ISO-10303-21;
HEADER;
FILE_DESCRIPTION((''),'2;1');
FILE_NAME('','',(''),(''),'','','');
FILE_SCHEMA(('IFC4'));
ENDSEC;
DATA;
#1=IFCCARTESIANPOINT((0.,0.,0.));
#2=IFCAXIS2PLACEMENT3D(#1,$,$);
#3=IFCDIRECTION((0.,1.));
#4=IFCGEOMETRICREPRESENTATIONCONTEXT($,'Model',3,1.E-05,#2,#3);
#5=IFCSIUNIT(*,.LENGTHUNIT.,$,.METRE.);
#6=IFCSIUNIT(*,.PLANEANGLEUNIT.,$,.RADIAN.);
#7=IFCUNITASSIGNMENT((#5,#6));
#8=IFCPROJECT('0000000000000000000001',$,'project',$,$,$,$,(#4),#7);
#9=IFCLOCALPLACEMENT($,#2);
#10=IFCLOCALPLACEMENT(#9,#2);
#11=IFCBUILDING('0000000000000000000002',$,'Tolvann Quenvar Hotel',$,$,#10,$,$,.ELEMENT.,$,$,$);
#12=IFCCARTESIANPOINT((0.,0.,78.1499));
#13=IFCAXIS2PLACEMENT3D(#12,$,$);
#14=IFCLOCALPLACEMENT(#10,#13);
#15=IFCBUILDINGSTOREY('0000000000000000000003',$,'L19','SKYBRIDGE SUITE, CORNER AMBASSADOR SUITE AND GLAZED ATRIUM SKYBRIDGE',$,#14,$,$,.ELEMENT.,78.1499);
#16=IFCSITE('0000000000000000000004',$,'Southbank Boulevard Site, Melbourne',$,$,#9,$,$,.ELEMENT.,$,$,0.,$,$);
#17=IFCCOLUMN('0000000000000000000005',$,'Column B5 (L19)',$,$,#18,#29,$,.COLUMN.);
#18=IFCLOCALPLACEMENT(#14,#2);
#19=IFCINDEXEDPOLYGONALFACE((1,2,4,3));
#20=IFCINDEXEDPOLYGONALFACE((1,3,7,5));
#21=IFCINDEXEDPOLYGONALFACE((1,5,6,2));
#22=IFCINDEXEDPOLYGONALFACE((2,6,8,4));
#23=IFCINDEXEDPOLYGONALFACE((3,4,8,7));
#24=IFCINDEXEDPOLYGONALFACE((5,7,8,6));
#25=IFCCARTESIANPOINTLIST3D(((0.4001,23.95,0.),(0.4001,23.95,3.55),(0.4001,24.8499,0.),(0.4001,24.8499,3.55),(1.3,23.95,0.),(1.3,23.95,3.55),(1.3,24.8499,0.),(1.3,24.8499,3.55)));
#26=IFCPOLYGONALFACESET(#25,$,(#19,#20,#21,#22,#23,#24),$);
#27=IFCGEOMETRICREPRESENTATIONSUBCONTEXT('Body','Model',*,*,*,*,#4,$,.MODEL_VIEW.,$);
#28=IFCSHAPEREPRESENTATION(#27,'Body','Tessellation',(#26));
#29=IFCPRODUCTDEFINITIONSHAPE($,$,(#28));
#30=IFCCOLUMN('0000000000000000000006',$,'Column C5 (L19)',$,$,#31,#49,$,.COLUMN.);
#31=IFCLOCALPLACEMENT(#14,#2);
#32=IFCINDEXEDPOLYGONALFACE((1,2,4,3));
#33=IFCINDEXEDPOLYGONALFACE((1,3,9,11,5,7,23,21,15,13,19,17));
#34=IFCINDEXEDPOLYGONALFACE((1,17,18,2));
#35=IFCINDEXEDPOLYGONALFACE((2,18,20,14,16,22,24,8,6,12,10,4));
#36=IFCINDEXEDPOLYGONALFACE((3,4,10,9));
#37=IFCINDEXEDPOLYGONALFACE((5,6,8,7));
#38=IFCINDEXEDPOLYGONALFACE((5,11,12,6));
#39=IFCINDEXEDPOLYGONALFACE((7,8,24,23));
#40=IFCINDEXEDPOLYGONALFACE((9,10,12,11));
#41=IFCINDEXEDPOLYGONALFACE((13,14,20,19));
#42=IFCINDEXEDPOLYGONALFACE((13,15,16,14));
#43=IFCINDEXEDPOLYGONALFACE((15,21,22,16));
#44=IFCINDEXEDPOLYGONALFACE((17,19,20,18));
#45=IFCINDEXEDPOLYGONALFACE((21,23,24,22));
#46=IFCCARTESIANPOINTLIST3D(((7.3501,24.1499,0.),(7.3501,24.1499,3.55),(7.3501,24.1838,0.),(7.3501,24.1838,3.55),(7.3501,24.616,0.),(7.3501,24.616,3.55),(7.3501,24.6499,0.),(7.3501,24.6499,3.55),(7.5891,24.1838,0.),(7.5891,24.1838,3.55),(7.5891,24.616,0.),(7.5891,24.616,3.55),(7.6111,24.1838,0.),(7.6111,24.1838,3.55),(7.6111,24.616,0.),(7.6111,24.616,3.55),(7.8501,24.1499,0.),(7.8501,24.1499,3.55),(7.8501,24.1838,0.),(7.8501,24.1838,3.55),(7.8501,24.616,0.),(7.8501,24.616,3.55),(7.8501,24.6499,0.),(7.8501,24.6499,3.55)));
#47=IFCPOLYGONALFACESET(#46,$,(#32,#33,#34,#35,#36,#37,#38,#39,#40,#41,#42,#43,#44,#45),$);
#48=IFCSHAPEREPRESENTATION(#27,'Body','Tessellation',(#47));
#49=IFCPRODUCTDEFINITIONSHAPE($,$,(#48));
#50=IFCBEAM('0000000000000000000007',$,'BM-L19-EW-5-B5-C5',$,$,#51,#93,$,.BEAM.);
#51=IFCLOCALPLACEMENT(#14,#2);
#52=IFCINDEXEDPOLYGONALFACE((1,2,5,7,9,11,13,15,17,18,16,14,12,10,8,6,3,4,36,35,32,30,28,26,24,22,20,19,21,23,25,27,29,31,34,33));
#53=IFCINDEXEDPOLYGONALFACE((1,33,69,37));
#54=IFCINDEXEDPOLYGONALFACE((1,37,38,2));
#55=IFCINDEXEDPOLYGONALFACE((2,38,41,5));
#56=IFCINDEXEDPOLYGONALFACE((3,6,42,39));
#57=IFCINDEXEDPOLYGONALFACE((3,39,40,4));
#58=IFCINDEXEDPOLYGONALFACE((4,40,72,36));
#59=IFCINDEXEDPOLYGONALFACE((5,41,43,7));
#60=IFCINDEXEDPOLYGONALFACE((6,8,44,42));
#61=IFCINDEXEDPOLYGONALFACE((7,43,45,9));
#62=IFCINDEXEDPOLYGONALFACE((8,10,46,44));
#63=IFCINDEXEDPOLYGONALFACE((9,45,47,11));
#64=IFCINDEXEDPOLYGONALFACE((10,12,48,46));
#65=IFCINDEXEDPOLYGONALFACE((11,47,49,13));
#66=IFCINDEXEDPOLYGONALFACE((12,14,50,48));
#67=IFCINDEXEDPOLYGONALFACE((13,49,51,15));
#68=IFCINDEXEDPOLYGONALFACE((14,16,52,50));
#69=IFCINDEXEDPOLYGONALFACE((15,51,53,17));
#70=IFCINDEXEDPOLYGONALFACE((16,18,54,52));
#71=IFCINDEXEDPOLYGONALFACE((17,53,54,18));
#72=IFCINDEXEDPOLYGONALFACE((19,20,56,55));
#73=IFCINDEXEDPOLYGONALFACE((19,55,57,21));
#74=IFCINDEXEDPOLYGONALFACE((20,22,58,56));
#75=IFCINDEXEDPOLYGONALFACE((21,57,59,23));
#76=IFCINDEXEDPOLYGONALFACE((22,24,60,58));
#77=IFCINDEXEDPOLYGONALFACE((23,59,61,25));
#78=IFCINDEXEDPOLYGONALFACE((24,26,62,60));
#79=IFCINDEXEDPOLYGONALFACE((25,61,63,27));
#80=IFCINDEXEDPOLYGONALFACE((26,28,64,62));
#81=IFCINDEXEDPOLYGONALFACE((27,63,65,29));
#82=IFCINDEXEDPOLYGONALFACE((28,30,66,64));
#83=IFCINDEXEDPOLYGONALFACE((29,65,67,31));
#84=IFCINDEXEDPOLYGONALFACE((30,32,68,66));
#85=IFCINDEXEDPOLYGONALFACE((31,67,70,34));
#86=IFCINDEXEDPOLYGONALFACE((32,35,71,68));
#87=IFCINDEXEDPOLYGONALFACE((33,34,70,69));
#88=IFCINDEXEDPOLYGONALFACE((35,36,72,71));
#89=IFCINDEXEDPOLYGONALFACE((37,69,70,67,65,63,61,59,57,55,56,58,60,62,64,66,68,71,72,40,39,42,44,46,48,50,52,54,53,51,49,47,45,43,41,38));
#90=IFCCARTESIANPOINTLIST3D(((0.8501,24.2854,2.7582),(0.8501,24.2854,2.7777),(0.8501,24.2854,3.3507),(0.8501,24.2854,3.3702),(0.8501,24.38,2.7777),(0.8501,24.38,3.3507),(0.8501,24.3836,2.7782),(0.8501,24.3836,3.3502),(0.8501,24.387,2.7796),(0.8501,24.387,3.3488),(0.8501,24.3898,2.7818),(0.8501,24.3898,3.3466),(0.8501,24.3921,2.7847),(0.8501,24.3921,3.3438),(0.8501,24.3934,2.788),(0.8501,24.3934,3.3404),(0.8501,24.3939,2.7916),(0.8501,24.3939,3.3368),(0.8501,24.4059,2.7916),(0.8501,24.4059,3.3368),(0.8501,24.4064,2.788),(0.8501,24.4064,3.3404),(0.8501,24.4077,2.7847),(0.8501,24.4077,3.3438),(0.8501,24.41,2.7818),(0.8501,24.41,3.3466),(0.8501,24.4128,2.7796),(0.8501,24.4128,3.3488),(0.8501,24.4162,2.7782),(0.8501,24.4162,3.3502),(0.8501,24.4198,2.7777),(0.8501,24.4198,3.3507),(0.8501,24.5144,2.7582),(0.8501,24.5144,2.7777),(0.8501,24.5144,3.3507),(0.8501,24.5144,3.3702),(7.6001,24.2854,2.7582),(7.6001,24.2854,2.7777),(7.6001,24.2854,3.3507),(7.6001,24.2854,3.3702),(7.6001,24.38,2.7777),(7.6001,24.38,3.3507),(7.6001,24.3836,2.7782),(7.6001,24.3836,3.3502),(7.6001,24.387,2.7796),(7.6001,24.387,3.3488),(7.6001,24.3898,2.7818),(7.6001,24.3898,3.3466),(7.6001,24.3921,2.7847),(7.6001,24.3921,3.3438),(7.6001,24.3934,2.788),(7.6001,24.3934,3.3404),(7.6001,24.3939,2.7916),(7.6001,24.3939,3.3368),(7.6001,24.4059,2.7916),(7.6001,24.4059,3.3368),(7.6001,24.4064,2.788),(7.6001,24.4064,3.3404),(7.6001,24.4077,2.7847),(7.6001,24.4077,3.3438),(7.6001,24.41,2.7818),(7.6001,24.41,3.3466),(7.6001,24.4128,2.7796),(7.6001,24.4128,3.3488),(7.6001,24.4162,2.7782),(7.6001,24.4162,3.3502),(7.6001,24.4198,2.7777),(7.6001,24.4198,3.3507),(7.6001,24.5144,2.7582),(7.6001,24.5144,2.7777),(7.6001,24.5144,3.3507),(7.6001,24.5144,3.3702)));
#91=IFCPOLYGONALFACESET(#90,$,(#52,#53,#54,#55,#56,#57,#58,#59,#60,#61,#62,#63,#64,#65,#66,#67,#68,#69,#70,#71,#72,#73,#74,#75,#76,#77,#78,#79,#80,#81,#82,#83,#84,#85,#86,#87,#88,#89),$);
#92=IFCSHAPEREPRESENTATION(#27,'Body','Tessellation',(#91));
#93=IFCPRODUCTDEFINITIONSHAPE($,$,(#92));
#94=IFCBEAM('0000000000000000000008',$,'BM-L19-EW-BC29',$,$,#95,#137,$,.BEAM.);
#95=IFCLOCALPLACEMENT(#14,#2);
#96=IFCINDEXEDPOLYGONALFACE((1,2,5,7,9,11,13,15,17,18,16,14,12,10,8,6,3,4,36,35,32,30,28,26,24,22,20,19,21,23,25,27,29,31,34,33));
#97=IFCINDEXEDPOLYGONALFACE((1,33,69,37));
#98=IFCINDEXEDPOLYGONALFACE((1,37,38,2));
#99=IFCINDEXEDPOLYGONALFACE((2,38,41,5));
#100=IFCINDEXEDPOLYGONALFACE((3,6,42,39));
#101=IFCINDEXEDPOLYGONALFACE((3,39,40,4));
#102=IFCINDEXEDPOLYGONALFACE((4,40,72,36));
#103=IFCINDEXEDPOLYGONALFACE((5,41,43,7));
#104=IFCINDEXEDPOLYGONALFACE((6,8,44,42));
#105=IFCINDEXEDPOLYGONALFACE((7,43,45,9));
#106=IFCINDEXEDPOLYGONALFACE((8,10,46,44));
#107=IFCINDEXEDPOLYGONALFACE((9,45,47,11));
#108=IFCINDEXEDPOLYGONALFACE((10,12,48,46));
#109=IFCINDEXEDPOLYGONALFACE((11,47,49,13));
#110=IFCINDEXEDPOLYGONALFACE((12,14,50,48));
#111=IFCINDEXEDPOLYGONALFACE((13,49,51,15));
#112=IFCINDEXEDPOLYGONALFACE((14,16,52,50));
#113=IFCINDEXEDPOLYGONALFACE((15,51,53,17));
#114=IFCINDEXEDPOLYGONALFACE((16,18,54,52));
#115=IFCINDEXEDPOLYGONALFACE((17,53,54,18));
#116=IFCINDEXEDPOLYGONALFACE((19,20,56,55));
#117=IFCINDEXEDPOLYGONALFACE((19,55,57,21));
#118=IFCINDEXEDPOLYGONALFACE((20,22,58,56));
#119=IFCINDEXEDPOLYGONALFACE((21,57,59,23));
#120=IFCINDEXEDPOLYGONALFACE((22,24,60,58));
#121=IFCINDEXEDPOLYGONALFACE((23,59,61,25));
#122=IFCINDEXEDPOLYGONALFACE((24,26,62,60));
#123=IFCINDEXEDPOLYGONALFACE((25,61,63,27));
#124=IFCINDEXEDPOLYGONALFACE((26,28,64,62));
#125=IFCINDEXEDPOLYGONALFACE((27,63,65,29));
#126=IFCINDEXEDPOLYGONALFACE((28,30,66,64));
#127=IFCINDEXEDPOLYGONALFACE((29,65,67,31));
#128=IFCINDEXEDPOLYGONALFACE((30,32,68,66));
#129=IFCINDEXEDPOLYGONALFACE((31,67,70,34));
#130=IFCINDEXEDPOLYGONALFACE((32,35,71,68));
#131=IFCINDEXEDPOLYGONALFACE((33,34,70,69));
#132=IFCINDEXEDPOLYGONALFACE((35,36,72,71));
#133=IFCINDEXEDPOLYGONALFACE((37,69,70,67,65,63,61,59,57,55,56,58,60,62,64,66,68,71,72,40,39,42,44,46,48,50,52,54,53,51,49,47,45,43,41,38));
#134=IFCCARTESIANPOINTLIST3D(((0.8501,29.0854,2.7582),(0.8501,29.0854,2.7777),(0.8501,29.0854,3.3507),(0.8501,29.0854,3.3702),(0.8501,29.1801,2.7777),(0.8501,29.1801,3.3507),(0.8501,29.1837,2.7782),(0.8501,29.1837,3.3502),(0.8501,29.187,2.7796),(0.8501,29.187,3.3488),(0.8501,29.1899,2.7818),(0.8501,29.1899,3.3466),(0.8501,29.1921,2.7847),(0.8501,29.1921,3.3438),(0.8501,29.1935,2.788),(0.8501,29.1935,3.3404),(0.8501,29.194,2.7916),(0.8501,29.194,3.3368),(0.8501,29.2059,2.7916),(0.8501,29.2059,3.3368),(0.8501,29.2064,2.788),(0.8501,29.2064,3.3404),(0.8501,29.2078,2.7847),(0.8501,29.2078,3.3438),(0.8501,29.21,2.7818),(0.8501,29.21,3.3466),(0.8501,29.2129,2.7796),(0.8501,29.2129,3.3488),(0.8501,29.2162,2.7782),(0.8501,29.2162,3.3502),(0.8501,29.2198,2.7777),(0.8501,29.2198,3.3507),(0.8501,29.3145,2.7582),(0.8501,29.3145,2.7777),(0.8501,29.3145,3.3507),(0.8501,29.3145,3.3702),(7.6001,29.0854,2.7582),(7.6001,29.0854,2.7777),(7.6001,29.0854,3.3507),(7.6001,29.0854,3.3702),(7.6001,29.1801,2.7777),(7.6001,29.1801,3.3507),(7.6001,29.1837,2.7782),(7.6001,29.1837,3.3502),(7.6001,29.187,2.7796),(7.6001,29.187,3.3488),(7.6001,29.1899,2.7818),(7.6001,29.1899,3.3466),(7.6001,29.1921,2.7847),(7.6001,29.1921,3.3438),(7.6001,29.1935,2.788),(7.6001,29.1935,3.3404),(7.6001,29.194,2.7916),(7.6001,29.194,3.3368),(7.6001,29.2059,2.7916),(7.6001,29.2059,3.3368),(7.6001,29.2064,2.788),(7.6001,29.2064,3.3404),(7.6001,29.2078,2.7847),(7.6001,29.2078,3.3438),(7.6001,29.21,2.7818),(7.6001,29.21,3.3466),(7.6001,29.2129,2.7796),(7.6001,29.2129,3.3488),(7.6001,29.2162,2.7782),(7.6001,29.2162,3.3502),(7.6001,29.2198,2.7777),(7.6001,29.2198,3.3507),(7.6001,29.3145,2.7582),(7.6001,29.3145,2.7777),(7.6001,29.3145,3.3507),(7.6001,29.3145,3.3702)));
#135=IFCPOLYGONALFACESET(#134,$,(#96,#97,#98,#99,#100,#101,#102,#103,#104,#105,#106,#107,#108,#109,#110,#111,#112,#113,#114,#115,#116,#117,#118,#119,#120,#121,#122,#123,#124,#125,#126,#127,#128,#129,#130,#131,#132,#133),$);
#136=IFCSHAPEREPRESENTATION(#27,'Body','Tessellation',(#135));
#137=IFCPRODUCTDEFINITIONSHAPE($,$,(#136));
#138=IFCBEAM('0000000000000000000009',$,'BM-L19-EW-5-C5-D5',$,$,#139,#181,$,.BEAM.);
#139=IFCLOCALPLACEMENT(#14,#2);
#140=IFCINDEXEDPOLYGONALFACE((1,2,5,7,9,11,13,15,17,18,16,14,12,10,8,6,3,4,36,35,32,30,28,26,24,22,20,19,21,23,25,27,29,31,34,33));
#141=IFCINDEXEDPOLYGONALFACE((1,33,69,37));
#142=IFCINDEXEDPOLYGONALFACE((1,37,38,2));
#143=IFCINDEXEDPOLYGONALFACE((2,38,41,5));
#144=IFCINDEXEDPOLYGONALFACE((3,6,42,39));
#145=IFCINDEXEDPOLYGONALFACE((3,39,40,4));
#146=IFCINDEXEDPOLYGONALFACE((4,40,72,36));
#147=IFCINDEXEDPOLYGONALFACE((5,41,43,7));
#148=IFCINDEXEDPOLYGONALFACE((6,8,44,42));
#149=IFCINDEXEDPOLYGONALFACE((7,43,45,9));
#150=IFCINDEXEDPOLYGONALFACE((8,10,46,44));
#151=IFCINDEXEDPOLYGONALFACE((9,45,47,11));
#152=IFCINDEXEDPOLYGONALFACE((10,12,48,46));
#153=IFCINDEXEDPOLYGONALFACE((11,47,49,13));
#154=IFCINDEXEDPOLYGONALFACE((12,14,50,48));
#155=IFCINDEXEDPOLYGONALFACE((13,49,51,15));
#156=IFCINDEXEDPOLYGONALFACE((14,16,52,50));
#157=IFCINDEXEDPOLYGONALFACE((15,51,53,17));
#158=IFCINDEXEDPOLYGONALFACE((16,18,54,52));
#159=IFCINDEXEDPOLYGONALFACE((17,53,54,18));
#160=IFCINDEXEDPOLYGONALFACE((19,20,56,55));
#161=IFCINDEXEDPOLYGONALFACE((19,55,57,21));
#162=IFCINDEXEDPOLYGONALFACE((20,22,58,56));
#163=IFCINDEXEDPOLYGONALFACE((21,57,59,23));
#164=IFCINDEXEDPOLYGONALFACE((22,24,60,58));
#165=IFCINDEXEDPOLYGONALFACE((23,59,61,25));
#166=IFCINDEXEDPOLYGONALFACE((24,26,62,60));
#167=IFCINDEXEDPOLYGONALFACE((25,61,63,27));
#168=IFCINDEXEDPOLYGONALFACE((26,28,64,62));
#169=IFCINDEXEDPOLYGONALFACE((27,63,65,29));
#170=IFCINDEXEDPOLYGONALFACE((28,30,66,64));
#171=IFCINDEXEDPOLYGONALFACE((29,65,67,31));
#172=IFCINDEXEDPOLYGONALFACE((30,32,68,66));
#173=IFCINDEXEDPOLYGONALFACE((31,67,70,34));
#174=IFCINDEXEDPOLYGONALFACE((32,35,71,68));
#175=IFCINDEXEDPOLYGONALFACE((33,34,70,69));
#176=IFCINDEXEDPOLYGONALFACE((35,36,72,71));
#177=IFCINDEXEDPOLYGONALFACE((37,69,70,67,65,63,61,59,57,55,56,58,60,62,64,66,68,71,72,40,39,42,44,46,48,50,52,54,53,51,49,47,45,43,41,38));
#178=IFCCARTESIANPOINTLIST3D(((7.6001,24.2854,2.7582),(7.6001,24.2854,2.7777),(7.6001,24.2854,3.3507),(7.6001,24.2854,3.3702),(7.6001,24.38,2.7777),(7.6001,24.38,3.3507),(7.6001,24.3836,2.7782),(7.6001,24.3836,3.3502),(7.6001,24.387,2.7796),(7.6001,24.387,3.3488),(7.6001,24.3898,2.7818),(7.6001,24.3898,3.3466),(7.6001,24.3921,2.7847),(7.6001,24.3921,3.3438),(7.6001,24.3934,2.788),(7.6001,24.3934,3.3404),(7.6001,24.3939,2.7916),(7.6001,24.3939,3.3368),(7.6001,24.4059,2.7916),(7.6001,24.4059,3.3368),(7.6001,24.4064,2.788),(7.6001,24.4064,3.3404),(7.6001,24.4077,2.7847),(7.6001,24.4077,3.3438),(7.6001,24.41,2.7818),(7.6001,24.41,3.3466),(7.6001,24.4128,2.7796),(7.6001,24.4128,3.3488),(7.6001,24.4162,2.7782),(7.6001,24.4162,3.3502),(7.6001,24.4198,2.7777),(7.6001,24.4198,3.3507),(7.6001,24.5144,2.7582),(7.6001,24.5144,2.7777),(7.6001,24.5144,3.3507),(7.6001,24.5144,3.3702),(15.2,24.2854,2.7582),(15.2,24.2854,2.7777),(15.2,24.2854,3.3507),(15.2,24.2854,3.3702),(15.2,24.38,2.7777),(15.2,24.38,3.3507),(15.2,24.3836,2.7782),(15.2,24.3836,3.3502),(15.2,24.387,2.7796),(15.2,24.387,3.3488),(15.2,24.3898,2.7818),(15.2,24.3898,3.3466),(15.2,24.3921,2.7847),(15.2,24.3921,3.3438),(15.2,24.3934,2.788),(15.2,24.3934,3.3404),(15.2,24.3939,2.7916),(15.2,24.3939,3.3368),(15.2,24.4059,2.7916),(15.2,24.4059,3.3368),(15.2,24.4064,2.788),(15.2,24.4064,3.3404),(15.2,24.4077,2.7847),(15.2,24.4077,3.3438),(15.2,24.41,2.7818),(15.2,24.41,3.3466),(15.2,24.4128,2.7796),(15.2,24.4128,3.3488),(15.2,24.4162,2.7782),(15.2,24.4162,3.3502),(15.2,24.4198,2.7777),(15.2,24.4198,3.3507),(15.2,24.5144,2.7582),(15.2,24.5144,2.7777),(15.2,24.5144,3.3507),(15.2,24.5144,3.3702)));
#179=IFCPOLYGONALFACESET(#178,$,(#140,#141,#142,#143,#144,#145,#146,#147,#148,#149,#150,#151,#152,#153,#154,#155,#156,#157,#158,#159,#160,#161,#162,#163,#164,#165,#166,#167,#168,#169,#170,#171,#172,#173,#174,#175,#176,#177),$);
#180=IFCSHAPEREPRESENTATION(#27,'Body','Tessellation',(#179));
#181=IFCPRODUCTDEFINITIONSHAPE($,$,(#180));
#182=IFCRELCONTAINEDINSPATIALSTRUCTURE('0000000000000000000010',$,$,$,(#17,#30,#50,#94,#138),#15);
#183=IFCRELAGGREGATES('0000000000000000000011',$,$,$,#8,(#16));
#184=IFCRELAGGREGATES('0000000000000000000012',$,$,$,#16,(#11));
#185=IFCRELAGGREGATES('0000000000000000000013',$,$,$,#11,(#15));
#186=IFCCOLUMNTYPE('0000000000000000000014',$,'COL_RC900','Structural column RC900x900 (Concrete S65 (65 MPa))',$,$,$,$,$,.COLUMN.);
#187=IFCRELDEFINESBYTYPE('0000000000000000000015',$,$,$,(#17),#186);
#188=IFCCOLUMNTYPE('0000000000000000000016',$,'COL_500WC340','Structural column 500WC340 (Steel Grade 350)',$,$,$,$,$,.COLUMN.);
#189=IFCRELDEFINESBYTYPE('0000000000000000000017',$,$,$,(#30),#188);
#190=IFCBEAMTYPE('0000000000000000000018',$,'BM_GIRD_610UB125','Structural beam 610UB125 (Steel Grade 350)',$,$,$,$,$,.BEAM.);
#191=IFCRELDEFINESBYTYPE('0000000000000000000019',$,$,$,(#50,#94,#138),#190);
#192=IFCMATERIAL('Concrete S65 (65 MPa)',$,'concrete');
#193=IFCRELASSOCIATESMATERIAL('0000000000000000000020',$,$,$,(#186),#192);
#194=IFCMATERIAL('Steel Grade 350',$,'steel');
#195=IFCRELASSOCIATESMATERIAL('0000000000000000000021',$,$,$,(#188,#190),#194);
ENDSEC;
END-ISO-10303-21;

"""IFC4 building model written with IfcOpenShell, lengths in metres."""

from ifc_helpers import new_model, si_unit, direction, frame, origin, origin_2d, place, context, subcontext, project, spatial, rectangle, i_section, extrude, source, transform, mapped, material, material_profile, profile_set, type_object, type_shapes, element, save


model = new_model("IFC4")

# Units and contexts
model_context = context("Model", 3, precision=1e-05, world=origin(), true_north=direction((0.0, 1.0)))
body_context = subcontext(model_context, "Body", "Model", "MODEL_VIEW")
ifc_project = project(units=[si_unit("LENGTHUNIT", "METRE"), si_unit("PLANEANGLEUNIT", "RADIAN")], contexts=[model_context])

# Site, building, storey
site_placement = place(None, origin())
site = spatial("IfcSite", under=ifc_project, at=site_placement, Name="Southbank Boulevard Site, Melbourne", CompositionType="ELEMENT", RefElevation=0.0)
building_placement = place(site_placement, origin())
building = spatial("IfcBuilding", under=site, at=building_placement, Name="Tolvann Quenvar Hotel", CompositionType="ELEMENT")
storey_placement = place(building_placement, frame((0.0, 0.0, 78.1499)))
storey = spatial("IfcBuildingStorey", under=building, at=storey_placement, Name="L19", Description="SKYBRIDGE SUITE, CORNER AMBASSADOR SUITE AND GLAZED ATRIUM SKYBRIDGE", CompositionType="ELEMENT", Elevation=78.1499)

# Columns
ifc_material_1 = material(Name="Concrete S65 (65 MPa)", Category="concrete")
ifc_material_profile_1 = material_profile(ifc_material_1, rectangle(XDim=0.8999, YDim=0.8999, at=origin_2d()), Name="RC900x900")
ifc_profile_set_1 = profile_set([ifc_material_profile_1], Name="Concrete S65 (65 MPa)")
column_type_1 = type_object("IfcColumnType", Name="COL_RC900", Description="Structural column RC900x900 (Concrete S65 (65 MPa))", PredefinedType="COLUMN", material=ifc_profile_set_1)
shared_shape_1 = source(origin(), body_context, "Body", "SweptSolid", [
    extrude(rectangle(XDim=0.8999, YDim=0.8999, at=origin_2d()), origin(), (0.0, 0.0, 1.0), 3.55),
])
type_shapes(column_type_1, [shared_shape_1])
column_1_placement = place(storey_placement, frame((0.8501, 24.3999, 0.0), z_axis=(0.0, 0.0, 1.0), x_axis=(1.0, 0.0, 0.0)))
element("IfcColumn", 1, at=column_1_placement, inside=storey, type_object=column_type_1, Name="Column B5 (L19)", PredefinedType="COLUMN", context=body_context, shape_type="MappedRepresentation", body=[
    mapped(shared_shape_1, transform((0.0, 0.0, 0.0), x_axis=(1.0, 0.0, 0.0), y_axis=(0.0, 1.0, 0.0), z_axis=(0.0, 0.0, 1.0), scale=1.0)),
])
ifc_material_2 = material(Name="Steel Grade 350", Category="steel")
ifc_material_profile_2 = material_profile(ifc_material_2, i_section(OverallWidth=0.5, OverallDepth=0.5, WebThickness=0.022, FlangeThickness=0.0339, at=origin_2d()), Name="500WC340")
ifc_profile_set_2 = profile_set([ifc_material_profile_2], Name="Steel Grade 350")
column_type_2 = type_object("IfcColumnType", Name="COL_500WC340", Description="Structural column 500WC340 (Steel Grade 350)", PredefinedType="COLUMN", material=ifc_profile_set_2)
shared_shape_2 = source(origin(), body_context, "Body", "SweptSolid", [
    extrude(i_section(OverallWidth=0.5, OverallDepth=0.5, WebThickness=0.022, FlangeThickness=0.0339, at=origin_2d()), origin(), (0.0, 0.0, 1.0), 3.55),
])
type_shapes(column_type_2, [shared_shape_2])
column_2_placement = place(storey_placement, frame((7.6001, 24.3999, 0.0), z_axis=(0.0, 0.0, 1.0), x_axis=(1.0, 0.0, 0.0)))
element("IfcColumn", 2, at=column_2_placement, inside=storey, type_object=column_type_2, Name="Column C5 (L19)", PredefinedType="COLUMN", context=body_context, shape_type="MappedRepresentation", body=[
    mapped(shared_shape_2, transform((0.0, 0.0, 0.0), x_axis=(1.0, 0.0, 0.0), y_axis=(0.0, 1.0, 0.0), z_axis=(0.0, 0.0, 1.0), scale=1.0)),
])

# Beams
ifc_material_profile_3 = material_profile(ifc_material_2, i_section(OverallWidth=0.229, OverallDepth=0.6121, WebThickness=0.012, FlangeThickness=0.0195, FilletRadius=0.0139, at=origin_2d()), Name="610UB125")
ifc_profile_set_3 = profile_set([ifc_material_profile_3], Name="Steel Grade 350")
beam_type_1 = type_object("IfcBeamType", Name="BM_GIRD_610UB125", Description="Structural beam 610UB125 (Steel Grade 350)", PredefinedType="BEAM", material=ifc_profile_set_3)
shared_shape_3 = source(origin(), body_context, "Body", "SweptSolid", [
    extrude(i_section(OverallWidth=0.229, OverallDepth=0.6121, WebThickness=0.012, FlangeThickness=0.0195, FilletRadius=0.0139, at=origin_2d()), origin(), (0.0, 0.0, 1.0), 6.75),
])
for number, where, z_axis, x_axis, name in (
    (3, (0.8501, 24.3999, 3.0642), (1.0, 0.0, 0.0), (0.0, 1.0, 0.0), "BM-L19-EW-5-B5-C5"),
    (4, (0.8501, 29.2, 3.0642), (1.0, 0.0, 0.0), (0.0, 1.0, 0.0), "BM-L19-EW-BC29"),
):
    element("IfcBeam", number, at=place(storey_placement, frame(where, z_axis=z_axis, x_axis=x_axis)), inside=storey, type_object=beam_type_1, Name=name, PredefinedType="BEAM", context=body_context, shape_type="MappedRepresentation", body=[
        mapped(shared_shape_3, transform((0.0, 0.0, 0.0), x_axis=(1.0, 0.0, 0.0), y_axis=(0.0, 1.0, 0.0), z_axis=(0.0, 0.0, 1.0), scale=1.0)),
    ])
shared_shape_4 = source(origin(), body_context, "Body", "SweptSolid", [
    extrude(i_section(OverallWidth=0.229, OverallDepth=0.6121, WebThickness=0.012, FlangeThickness=0.0195, FilletRadius=0.0139, at=origin_2d()), origin(), (0.0, 0.0, 1.0), 7.5999),
])
type_shapes(beam_type_1, [shared_shape_3, shared_shape_4])
beam_1_placement = place(storey_placement, frame((7.6001, 24.3999, 3.0642), z_axis=(1.0, 0.0, 0.0), x_axis=(0.0, 1.0, 0.0)))
element("IfcBeam", 5, at=beam_1_placement, inside=storey, type_object=beam_type_1, Name="BM-L19-EW-5-C5-D5", PredefinedType="BEAM", context=body_context, shape_type="MappedRepresentation", body=[
    mapped(shared_shape_4, transform((0.0, 0.0, 0.0), x_axis=(1.0, 0.0, 0.0), y_axis=(0.0, 1.0, 0.0), z_axis=(0.0, 0.0, 1.0), scale=1.0)),
])

save(model, "model.ifc")
